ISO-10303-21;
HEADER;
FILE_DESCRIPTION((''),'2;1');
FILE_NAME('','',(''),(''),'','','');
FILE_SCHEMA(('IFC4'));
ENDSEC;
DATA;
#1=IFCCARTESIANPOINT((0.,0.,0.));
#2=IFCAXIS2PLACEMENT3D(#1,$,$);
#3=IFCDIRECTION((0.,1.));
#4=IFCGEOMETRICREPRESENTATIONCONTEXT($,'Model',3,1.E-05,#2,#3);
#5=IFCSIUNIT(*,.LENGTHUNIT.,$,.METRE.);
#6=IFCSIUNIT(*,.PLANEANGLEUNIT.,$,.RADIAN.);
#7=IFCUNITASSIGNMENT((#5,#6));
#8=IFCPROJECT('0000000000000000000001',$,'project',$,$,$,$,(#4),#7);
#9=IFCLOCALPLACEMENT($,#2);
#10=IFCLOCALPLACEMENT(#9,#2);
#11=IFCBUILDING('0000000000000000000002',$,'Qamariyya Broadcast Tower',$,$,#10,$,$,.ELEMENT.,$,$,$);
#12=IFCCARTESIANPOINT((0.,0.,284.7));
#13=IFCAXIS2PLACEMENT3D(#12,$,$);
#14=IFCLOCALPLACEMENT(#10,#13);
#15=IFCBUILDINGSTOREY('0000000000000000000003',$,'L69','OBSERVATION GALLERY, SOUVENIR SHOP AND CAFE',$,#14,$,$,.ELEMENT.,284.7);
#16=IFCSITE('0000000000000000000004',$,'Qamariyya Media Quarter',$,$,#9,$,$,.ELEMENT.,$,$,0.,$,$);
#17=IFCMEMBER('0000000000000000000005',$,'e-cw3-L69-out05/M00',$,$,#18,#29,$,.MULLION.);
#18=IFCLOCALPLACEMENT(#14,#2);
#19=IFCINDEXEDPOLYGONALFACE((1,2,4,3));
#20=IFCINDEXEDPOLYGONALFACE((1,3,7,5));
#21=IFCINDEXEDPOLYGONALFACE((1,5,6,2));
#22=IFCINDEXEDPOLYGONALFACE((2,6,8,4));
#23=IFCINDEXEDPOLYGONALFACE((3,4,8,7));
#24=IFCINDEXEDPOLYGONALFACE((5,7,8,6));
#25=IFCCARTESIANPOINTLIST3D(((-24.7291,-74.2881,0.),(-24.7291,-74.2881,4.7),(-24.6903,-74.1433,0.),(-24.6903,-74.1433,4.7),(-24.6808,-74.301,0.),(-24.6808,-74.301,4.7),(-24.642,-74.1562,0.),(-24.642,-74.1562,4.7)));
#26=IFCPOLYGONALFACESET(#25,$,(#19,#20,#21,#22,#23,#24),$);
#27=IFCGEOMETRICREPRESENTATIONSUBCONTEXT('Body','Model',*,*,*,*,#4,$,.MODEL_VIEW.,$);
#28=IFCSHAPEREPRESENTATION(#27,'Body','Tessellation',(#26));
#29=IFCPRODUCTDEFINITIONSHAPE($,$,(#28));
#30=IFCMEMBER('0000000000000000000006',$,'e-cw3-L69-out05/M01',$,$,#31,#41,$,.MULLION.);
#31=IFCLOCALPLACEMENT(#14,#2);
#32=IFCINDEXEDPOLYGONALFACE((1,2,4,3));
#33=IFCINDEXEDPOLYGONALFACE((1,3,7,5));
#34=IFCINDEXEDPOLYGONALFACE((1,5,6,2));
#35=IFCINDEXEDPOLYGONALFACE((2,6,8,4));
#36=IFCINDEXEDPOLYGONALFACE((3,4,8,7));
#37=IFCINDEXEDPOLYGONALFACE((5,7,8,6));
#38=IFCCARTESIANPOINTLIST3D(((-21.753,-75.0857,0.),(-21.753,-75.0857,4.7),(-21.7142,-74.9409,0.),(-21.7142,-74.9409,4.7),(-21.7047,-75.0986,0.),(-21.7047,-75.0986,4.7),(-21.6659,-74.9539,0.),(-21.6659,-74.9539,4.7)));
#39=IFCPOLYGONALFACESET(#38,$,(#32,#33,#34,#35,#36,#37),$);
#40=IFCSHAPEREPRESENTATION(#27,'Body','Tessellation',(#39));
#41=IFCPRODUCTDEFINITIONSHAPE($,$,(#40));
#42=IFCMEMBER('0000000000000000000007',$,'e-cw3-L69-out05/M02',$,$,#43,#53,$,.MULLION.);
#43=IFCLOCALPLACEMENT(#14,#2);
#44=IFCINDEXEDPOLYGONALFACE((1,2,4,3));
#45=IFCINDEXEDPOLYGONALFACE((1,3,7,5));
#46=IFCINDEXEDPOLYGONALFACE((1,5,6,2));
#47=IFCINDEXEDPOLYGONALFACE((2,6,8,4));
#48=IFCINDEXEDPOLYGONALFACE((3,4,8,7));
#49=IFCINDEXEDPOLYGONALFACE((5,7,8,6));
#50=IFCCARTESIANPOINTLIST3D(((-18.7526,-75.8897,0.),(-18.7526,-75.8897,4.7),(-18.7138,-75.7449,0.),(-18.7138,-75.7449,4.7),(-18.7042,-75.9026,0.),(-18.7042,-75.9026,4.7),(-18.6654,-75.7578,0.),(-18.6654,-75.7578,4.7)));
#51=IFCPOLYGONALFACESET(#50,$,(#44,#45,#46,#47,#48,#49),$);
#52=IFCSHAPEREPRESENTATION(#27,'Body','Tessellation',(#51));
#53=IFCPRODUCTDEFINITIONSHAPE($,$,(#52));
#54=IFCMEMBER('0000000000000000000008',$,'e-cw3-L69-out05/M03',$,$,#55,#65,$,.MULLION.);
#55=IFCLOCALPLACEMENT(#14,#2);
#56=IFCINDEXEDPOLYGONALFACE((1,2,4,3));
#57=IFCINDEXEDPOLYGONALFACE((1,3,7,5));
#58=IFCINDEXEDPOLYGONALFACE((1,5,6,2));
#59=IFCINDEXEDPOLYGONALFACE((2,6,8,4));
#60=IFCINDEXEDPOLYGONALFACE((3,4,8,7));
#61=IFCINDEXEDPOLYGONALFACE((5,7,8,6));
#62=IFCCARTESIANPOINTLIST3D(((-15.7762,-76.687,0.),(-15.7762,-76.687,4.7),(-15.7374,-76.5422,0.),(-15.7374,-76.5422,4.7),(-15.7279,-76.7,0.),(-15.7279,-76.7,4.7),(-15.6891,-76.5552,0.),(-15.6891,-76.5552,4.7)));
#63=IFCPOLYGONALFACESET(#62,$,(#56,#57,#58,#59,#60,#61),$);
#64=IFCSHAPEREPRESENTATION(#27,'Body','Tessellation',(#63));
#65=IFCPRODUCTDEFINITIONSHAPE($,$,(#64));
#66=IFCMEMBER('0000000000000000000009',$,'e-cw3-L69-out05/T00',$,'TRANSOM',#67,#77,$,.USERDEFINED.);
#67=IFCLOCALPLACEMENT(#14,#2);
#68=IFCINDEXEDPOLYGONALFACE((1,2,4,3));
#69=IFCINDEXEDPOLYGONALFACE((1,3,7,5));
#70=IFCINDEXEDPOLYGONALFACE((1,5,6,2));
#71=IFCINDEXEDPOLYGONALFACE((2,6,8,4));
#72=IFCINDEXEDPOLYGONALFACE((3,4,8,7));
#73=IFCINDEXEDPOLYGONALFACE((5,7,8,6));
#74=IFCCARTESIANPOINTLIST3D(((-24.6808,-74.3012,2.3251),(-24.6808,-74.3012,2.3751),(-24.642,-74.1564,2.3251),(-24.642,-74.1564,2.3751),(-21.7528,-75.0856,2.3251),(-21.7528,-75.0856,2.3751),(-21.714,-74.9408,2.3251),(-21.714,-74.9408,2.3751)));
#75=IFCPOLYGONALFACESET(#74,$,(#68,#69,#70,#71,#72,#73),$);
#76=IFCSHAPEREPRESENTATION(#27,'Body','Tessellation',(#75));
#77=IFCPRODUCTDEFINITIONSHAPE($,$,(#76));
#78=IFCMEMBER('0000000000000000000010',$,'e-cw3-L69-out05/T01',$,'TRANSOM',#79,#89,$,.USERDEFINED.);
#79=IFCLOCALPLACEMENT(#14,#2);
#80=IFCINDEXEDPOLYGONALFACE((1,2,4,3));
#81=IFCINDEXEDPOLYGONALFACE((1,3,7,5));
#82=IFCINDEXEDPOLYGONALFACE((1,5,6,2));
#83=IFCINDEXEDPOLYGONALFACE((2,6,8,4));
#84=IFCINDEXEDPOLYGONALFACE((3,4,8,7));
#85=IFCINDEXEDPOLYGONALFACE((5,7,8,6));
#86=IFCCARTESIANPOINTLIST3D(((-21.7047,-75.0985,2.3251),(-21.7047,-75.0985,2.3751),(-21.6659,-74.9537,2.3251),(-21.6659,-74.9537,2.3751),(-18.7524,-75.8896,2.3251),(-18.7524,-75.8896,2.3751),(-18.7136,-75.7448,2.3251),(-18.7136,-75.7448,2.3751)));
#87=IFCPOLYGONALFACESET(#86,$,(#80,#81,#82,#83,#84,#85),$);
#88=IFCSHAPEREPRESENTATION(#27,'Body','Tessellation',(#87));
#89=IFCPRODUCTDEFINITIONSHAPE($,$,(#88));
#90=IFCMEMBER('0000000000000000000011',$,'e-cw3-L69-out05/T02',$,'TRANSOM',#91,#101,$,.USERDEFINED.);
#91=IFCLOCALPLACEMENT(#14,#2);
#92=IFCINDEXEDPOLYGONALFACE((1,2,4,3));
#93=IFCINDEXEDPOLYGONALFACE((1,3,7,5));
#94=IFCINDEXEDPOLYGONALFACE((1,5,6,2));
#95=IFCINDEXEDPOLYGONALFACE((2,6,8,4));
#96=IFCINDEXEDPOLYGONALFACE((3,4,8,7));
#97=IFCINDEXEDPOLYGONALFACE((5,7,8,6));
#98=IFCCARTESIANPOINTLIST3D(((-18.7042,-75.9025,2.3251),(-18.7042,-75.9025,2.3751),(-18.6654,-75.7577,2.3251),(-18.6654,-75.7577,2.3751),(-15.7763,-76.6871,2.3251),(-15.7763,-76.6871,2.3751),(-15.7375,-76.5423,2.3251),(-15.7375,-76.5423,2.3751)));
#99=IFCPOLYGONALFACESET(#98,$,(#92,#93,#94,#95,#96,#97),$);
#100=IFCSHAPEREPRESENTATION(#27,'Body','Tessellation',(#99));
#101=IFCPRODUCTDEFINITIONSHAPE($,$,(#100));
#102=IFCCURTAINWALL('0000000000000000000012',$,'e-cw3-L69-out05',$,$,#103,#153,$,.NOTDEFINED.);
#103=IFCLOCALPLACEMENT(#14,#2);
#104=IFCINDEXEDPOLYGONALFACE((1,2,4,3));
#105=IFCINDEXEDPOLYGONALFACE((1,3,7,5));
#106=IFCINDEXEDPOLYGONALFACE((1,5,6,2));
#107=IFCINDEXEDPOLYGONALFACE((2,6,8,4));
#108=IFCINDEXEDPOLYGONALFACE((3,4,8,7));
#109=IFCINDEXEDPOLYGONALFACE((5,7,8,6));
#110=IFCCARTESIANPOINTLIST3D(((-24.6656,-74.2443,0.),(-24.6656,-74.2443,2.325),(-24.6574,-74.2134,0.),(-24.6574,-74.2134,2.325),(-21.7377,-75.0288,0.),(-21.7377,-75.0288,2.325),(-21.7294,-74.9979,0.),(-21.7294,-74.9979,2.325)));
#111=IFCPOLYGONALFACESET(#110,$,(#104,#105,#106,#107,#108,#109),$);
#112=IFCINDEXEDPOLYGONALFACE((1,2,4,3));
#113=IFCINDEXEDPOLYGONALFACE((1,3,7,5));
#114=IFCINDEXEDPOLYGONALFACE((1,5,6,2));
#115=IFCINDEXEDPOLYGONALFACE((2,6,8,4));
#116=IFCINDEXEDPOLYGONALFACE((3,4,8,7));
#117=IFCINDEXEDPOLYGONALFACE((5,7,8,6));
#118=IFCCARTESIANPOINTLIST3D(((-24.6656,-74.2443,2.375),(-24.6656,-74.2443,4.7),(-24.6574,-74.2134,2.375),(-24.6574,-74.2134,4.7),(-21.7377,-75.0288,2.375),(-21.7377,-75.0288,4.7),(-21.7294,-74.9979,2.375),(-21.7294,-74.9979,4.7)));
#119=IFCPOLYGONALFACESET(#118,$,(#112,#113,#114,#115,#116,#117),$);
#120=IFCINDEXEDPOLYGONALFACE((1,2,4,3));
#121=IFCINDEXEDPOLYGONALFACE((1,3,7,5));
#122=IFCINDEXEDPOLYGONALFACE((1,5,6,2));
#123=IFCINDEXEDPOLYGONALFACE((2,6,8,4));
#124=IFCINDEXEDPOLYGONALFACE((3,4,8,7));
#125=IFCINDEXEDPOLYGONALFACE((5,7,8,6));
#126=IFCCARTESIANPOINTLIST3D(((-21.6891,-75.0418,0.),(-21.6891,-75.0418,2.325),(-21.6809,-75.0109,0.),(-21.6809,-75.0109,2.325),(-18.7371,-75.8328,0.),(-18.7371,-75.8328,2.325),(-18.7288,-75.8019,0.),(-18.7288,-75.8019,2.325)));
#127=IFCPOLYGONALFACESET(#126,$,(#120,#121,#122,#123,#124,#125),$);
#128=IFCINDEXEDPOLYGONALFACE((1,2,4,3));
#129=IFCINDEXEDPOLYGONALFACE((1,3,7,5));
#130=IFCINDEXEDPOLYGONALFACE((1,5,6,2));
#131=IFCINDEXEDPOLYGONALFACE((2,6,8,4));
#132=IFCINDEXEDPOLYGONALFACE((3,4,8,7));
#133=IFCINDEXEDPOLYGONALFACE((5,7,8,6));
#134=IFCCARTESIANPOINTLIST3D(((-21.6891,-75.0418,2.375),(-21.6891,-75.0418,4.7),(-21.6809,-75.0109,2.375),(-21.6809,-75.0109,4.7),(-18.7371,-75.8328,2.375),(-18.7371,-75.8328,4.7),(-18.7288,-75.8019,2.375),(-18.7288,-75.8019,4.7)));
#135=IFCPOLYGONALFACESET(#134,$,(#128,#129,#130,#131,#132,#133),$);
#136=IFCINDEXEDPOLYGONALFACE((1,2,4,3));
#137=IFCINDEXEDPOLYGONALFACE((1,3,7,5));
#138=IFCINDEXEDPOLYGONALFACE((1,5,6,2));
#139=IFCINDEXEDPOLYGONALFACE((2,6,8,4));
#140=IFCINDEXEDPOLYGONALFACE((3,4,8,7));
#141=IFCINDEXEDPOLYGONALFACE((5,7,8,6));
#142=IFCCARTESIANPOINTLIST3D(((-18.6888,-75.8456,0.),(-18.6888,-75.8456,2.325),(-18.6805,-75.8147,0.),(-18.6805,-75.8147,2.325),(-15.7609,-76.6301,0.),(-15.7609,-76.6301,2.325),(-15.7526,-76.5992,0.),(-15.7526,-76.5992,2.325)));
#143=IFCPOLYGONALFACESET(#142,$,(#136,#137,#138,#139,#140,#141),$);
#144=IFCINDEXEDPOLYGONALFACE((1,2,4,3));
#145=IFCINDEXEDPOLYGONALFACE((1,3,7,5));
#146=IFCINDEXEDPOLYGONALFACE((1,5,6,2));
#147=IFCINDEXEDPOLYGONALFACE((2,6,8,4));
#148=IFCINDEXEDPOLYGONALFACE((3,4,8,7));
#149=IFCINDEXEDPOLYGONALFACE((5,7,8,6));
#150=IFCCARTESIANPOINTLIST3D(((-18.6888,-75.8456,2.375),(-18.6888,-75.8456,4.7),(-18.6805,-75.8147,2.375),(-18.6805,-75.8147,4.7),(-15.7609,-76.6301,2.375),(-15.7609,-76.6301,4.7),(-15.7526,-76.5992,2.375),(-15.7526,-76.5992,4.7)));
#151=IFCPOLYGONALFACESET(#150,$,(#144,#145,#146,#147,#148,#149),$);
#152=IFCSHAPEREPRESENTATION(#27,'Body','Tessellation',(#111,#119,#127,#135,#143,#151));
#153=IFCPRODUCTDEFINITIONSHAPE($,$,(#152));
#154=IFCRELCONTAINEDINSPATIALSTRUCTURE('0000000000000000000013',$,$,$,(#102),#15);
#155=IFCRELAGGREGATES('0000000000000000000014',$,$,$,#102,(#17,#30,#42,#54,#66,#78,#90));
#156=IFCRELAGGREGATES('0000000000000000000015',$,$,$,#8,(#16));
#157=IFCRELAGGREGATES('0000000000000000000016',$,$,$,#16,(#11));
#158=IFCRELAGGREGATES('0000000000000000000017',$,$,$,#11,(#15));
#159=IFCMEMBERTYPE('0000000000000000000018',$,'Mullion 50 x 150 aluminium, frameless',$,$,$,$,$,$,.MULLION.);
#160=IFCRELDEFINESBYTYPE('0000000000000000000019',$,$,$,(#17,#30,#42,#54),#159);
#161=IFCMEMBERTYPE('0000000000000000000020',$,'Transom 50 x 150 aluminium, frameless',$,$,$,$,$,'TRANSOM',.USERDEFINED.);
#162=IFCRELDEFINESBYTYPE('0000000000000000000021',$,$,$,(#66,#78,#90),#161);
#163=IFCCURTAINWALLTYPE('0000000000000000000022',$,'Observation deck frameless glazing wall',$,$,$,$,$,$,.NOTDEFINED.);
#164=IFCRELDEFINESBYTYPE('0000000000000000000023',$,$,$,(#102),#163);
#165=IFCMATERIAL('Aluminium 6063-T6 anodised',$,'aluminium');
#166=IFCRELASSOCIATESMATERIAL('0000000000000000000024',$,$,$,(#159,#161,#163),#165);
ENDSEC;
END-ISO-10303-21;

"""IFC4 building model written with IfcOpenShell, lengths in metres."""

from ifc_helpers import new_model, si_unit, direction, frame, origin, origin_2d, place, context, subcontext, project, spatial, rectangle, extrude, material, material_profile, profile_set, type_object, element, aggregate, save


model = new_model("IFC4")

# Units and contexts
model_context = context("Model", 3, precision=1e-05, world=origin(), true_north=direction((0.0, 1.0)))
body_context = subcontext(model_context, "Body", "Model", "MODEL_VIEW")
ifc_project = project(units=[si_unit("LENGTHUNIT", "METRE"), si_unit("PLANEANGLEUNIT", "RADIAN")], contexts=[model_context])

# Members
ifc_material = material(Name="Aluminium 6063-T6 anodised", Category="aluminium")
ifc_material_profile_1 = material_profile(ifc_material, rectangle(XDim=0.1499, YDim=0.05, at=origin_2d()))
ifc_profile_set_1 = profile_set([ifc_material_profile_1], Name="Aluminium 6063-T6 anodised")
member_type_1 = type_object("IfcMemberType", Name="Mullion 50 x 150 aluminium, frameless", PredefinedType="MULLION", material=ifc_profile_set_1)
site_placement = place(None, origin())
building_placement = place(site_placement, origin())
storey_placement = place(building_placement, frame((0.0, 0.0, 284.7)))
member_1_placement = place(storey_placement, frame((-24.6855, -74.2222, 0.0), z_axis=(0.0, 0.0, 1.0), x_axis=(0.258819, 0.965926, 0.0)))
member_1 = element("IfcMember", 1, at=member_1_placement, type_object=member_type_1, Name="e-cw3-L69-out05/M00", PredefinedType="MULLION", context=body_context, shape_type="SweptSolid", body=[
    extrude(rectangle(XDim=0.1499, YDim=0.05, at=origin_2d()), origin(), (0.0, 0.0, 1.0), 4.7),
])
member_2_placement = place(storey_placement, frame((-21.7095, -75.0198, 0.0), z_axis=(0.0, 0.0, 1.0), x_axis=(0.258819, 0.965926, 0.0)))
member_2 = element("IfcMember", 2, at=member_2_placement, type_object=member_type_1, Name="e-cw3-L69-out05/M01", PredefinedType="MULLION", context=body_context, shape_type="SweptSolid", body=[
    extrude(rectangle(XDim=0.1499, YDim=0.05, at=origin_2d()), origin(), (0.0, 0.0, 1.0), 4.7),
])
member_3_placement = place(storey_placement, frame((-18.709, -75.8237, 0.0), z_axis=(0.0, 0.0, 1.0), x_axis=(0.258819, 0.965926, 0.0)))
member_3 = element("IfcMember", 3, at=member_3_placement, type_object=member_type_1, Name="e-cw3-L69-out05/M02", PredefinedType="MULLION", context=body_context, shape_type="SweptSolid", body=[
    extrude(rectangle(XDim=0.1499, YDim=0.05, at=origin_2d()), origin(), (0.0, 0.0, 1.0), 4.7),
])
member_4_placement = place(storey_placement, frame((-15.7327, -76.6211, 0.0), z_axis=(0.0, 0.0, 1.0), x_axis=(0.258819, 0.965926, 0.0)))
member_4 = element("IfcMember", 4, at=member_4_placement, type_object=member_type_1, Name="e-cw3-L69-out05/M03", PredefinedType="MULLION", context=body_context, shape_type="SweptSolid", body=[
    extrude(rectangle(XDim=0.1499, YDim=0.05, at=origin_2d()), origin(), (0.0, 0.0, 1.0), 4.7),
])
ifc_material_profile_2 = material_profile(ifc_material, rectangle(XDim=0.1499, YDim=0.05, at=origin_2d()))
ifc_profile_set_2 = profile_set([ifc_material_profile_2], Name="Aluminium 6063-T6 anodised")
member_type_2 = type_object("IfcMemberType", Name="Transom 50 x 150 aluminium, frameless", ElementType="TRANSOM", PredefinedType="USERDEFINED", material=ifc_profile_set_2)
member_5_placement = place(storey_placement, frame((-24.6614, -74.2288, 2.3501), z_axis=(0.965936, -0.25878, 0.0), x_axis=(0.25878, 0.965936, 0.0)))
member_5 = element("IfcMember", 5, at=member_5_placement, type_object=member_type_2, Name="e-cw3-L69-out05/T00", ObjectType="TRANSOM", PredefinedType="USERDEFINED", context=body_context, shape_type="SweptSolid", body=[
    extrude(rectangle(XDim=0.1499, YDim=0.05, at=origin_2d()), origin(), (0.0, 0.0, 1.0), 3.0312),
])
member_6_placement = place(storey_placement, frame((-21.6853, -75.0261, 2.3501), z_axis=(0.965927, -0.258816, 0.0), x_axis=(0.258816, 0.965927, 0.0)))
member_6 = element("IfcMember", 6, at=member_6_placement, type_object=member_type_2, Name="e-cw3-L69-out05/T01", ObjectType="TRANSOM", PredefinedType="USERDEFINED", context=body_context, shape_type="SweptSolid", body=[
    extrude(rectangle(XDim=0.1499, YDim=0.05, at=origin_2d()), origin(), (0.0, 0.0, 1.0), 3.0564),
])
member_7_placement = place(storey_placement, frame((-18.6848, -75.8301, 2.3501), z_axis=(0.965916, -0.258856, 0.0), x_axis=(0.258856, 0.965916, 0.0)))
member_7 = element("IfcMember", 7, at=member_7_placement, type_object=member_type_2, Name="e-cw3-L69-out05/T02", ObjectType="TRANSOM", PredefinedType="USERDEFINED", context=body_context, shape_type="SweptSolid", body=[
    extrude(rectangle(XDim=0.1499, YDim=0.05, at=origin_2d()), origin(), (0.0, 0.0, 1.0), 3.0312),
])

# Site, building, storey
site = spatial("IfcSite", under=ifc_project, at=site_placement, Name="Qamariyya Media Quarter", CompositionType="ELEMENT", RefElevation=0.0)
building = spatial("IfcBuilding", under=site, at=building_placement, Name="Qamariyya Broadcast Tower", CompositionType="ELEMENT")
storey = spatial("IfcBuildingStorey", under=building, at=storey_placement, Name="L69", Description="OBSERVATION GALLERY, SOUVENIR SHOP AND CAFE", CompositionType="ELEMENT", Elevation=284.7)

# Curtain wall
curtain_wall_type = type_object("IfcCurtainWallType", Name="Observation deck frameless glazing wall", PredefinedType="NOTDEFINED", material=ifc_material)
curtain_wall_1_placement = place(storey_placement, origin())
curtain_wall_1 = element("IfcCurtainWall", 8, at=curtain_wall_1_placement, inside=storey, type_object=curtain_wall_type, Name="e-cw3-L69-out05", PredefinedType="NOTDEFINED", context=body_context, shape_type="SweptSolid", body=[
    extrude(rectangle(XDim=3.0312, YDim=0.032, at=origin_2d()), frame((-23.1975, -74.6211, 0.0), x_axis=(0.965926, -0.258819, 0.0)), (0.0, 0.0, 1.0), 2.325),
    extrude(rectangle(XDim=3.0312, YDim=0.032, at=origin_2d()), frame((-23.1975, -74.6211, 2.375), x_axis=(0.965926, -0.258819, 0.0)), (0.0, 0.0, 1.0), 2.325),
    extrude(rectangle(XDim=3.0562, YDim=0.032, at=origin_2d()), frame((-20.209, -75.4219, 0.0), x_axis=(0.965926, -0.258819, 0.0)), (0.0, 0.0, 1.0), 2.325),
    extrude(rectangle(XDim=3.0562, YDim=0.032, at=origin_2d()), frame((-20.209, -75.4219, 2.375), x_axis=(0.965926, -0.258819, 0.0)), (0.0, 0.0, 1.0), 2.325),
    extrude(rectangle(XDim=3.0312, YDim=0.032, at=origin_2d()), frame((-17.2207, -76.2224, 0.0), x_axis=(0.965926, -0.258819, 0.0)), (0.0, 0.0, 1.0), 2.325),
    extrude(rectangle(XDim=3.0312, YDim=0.032, at=origin_2d()), frame((-17.2207, -76.2224, 2.375), x_axis=(0.965926, -0.258819, 0.0)), (0.0, 0.0, 1.0), 2.325),
])
aggregate(curtain_wall_1, [member_1, member_2, member_3, member_4, member_5, member_6, member_7])

save(model, "model.ifc")
